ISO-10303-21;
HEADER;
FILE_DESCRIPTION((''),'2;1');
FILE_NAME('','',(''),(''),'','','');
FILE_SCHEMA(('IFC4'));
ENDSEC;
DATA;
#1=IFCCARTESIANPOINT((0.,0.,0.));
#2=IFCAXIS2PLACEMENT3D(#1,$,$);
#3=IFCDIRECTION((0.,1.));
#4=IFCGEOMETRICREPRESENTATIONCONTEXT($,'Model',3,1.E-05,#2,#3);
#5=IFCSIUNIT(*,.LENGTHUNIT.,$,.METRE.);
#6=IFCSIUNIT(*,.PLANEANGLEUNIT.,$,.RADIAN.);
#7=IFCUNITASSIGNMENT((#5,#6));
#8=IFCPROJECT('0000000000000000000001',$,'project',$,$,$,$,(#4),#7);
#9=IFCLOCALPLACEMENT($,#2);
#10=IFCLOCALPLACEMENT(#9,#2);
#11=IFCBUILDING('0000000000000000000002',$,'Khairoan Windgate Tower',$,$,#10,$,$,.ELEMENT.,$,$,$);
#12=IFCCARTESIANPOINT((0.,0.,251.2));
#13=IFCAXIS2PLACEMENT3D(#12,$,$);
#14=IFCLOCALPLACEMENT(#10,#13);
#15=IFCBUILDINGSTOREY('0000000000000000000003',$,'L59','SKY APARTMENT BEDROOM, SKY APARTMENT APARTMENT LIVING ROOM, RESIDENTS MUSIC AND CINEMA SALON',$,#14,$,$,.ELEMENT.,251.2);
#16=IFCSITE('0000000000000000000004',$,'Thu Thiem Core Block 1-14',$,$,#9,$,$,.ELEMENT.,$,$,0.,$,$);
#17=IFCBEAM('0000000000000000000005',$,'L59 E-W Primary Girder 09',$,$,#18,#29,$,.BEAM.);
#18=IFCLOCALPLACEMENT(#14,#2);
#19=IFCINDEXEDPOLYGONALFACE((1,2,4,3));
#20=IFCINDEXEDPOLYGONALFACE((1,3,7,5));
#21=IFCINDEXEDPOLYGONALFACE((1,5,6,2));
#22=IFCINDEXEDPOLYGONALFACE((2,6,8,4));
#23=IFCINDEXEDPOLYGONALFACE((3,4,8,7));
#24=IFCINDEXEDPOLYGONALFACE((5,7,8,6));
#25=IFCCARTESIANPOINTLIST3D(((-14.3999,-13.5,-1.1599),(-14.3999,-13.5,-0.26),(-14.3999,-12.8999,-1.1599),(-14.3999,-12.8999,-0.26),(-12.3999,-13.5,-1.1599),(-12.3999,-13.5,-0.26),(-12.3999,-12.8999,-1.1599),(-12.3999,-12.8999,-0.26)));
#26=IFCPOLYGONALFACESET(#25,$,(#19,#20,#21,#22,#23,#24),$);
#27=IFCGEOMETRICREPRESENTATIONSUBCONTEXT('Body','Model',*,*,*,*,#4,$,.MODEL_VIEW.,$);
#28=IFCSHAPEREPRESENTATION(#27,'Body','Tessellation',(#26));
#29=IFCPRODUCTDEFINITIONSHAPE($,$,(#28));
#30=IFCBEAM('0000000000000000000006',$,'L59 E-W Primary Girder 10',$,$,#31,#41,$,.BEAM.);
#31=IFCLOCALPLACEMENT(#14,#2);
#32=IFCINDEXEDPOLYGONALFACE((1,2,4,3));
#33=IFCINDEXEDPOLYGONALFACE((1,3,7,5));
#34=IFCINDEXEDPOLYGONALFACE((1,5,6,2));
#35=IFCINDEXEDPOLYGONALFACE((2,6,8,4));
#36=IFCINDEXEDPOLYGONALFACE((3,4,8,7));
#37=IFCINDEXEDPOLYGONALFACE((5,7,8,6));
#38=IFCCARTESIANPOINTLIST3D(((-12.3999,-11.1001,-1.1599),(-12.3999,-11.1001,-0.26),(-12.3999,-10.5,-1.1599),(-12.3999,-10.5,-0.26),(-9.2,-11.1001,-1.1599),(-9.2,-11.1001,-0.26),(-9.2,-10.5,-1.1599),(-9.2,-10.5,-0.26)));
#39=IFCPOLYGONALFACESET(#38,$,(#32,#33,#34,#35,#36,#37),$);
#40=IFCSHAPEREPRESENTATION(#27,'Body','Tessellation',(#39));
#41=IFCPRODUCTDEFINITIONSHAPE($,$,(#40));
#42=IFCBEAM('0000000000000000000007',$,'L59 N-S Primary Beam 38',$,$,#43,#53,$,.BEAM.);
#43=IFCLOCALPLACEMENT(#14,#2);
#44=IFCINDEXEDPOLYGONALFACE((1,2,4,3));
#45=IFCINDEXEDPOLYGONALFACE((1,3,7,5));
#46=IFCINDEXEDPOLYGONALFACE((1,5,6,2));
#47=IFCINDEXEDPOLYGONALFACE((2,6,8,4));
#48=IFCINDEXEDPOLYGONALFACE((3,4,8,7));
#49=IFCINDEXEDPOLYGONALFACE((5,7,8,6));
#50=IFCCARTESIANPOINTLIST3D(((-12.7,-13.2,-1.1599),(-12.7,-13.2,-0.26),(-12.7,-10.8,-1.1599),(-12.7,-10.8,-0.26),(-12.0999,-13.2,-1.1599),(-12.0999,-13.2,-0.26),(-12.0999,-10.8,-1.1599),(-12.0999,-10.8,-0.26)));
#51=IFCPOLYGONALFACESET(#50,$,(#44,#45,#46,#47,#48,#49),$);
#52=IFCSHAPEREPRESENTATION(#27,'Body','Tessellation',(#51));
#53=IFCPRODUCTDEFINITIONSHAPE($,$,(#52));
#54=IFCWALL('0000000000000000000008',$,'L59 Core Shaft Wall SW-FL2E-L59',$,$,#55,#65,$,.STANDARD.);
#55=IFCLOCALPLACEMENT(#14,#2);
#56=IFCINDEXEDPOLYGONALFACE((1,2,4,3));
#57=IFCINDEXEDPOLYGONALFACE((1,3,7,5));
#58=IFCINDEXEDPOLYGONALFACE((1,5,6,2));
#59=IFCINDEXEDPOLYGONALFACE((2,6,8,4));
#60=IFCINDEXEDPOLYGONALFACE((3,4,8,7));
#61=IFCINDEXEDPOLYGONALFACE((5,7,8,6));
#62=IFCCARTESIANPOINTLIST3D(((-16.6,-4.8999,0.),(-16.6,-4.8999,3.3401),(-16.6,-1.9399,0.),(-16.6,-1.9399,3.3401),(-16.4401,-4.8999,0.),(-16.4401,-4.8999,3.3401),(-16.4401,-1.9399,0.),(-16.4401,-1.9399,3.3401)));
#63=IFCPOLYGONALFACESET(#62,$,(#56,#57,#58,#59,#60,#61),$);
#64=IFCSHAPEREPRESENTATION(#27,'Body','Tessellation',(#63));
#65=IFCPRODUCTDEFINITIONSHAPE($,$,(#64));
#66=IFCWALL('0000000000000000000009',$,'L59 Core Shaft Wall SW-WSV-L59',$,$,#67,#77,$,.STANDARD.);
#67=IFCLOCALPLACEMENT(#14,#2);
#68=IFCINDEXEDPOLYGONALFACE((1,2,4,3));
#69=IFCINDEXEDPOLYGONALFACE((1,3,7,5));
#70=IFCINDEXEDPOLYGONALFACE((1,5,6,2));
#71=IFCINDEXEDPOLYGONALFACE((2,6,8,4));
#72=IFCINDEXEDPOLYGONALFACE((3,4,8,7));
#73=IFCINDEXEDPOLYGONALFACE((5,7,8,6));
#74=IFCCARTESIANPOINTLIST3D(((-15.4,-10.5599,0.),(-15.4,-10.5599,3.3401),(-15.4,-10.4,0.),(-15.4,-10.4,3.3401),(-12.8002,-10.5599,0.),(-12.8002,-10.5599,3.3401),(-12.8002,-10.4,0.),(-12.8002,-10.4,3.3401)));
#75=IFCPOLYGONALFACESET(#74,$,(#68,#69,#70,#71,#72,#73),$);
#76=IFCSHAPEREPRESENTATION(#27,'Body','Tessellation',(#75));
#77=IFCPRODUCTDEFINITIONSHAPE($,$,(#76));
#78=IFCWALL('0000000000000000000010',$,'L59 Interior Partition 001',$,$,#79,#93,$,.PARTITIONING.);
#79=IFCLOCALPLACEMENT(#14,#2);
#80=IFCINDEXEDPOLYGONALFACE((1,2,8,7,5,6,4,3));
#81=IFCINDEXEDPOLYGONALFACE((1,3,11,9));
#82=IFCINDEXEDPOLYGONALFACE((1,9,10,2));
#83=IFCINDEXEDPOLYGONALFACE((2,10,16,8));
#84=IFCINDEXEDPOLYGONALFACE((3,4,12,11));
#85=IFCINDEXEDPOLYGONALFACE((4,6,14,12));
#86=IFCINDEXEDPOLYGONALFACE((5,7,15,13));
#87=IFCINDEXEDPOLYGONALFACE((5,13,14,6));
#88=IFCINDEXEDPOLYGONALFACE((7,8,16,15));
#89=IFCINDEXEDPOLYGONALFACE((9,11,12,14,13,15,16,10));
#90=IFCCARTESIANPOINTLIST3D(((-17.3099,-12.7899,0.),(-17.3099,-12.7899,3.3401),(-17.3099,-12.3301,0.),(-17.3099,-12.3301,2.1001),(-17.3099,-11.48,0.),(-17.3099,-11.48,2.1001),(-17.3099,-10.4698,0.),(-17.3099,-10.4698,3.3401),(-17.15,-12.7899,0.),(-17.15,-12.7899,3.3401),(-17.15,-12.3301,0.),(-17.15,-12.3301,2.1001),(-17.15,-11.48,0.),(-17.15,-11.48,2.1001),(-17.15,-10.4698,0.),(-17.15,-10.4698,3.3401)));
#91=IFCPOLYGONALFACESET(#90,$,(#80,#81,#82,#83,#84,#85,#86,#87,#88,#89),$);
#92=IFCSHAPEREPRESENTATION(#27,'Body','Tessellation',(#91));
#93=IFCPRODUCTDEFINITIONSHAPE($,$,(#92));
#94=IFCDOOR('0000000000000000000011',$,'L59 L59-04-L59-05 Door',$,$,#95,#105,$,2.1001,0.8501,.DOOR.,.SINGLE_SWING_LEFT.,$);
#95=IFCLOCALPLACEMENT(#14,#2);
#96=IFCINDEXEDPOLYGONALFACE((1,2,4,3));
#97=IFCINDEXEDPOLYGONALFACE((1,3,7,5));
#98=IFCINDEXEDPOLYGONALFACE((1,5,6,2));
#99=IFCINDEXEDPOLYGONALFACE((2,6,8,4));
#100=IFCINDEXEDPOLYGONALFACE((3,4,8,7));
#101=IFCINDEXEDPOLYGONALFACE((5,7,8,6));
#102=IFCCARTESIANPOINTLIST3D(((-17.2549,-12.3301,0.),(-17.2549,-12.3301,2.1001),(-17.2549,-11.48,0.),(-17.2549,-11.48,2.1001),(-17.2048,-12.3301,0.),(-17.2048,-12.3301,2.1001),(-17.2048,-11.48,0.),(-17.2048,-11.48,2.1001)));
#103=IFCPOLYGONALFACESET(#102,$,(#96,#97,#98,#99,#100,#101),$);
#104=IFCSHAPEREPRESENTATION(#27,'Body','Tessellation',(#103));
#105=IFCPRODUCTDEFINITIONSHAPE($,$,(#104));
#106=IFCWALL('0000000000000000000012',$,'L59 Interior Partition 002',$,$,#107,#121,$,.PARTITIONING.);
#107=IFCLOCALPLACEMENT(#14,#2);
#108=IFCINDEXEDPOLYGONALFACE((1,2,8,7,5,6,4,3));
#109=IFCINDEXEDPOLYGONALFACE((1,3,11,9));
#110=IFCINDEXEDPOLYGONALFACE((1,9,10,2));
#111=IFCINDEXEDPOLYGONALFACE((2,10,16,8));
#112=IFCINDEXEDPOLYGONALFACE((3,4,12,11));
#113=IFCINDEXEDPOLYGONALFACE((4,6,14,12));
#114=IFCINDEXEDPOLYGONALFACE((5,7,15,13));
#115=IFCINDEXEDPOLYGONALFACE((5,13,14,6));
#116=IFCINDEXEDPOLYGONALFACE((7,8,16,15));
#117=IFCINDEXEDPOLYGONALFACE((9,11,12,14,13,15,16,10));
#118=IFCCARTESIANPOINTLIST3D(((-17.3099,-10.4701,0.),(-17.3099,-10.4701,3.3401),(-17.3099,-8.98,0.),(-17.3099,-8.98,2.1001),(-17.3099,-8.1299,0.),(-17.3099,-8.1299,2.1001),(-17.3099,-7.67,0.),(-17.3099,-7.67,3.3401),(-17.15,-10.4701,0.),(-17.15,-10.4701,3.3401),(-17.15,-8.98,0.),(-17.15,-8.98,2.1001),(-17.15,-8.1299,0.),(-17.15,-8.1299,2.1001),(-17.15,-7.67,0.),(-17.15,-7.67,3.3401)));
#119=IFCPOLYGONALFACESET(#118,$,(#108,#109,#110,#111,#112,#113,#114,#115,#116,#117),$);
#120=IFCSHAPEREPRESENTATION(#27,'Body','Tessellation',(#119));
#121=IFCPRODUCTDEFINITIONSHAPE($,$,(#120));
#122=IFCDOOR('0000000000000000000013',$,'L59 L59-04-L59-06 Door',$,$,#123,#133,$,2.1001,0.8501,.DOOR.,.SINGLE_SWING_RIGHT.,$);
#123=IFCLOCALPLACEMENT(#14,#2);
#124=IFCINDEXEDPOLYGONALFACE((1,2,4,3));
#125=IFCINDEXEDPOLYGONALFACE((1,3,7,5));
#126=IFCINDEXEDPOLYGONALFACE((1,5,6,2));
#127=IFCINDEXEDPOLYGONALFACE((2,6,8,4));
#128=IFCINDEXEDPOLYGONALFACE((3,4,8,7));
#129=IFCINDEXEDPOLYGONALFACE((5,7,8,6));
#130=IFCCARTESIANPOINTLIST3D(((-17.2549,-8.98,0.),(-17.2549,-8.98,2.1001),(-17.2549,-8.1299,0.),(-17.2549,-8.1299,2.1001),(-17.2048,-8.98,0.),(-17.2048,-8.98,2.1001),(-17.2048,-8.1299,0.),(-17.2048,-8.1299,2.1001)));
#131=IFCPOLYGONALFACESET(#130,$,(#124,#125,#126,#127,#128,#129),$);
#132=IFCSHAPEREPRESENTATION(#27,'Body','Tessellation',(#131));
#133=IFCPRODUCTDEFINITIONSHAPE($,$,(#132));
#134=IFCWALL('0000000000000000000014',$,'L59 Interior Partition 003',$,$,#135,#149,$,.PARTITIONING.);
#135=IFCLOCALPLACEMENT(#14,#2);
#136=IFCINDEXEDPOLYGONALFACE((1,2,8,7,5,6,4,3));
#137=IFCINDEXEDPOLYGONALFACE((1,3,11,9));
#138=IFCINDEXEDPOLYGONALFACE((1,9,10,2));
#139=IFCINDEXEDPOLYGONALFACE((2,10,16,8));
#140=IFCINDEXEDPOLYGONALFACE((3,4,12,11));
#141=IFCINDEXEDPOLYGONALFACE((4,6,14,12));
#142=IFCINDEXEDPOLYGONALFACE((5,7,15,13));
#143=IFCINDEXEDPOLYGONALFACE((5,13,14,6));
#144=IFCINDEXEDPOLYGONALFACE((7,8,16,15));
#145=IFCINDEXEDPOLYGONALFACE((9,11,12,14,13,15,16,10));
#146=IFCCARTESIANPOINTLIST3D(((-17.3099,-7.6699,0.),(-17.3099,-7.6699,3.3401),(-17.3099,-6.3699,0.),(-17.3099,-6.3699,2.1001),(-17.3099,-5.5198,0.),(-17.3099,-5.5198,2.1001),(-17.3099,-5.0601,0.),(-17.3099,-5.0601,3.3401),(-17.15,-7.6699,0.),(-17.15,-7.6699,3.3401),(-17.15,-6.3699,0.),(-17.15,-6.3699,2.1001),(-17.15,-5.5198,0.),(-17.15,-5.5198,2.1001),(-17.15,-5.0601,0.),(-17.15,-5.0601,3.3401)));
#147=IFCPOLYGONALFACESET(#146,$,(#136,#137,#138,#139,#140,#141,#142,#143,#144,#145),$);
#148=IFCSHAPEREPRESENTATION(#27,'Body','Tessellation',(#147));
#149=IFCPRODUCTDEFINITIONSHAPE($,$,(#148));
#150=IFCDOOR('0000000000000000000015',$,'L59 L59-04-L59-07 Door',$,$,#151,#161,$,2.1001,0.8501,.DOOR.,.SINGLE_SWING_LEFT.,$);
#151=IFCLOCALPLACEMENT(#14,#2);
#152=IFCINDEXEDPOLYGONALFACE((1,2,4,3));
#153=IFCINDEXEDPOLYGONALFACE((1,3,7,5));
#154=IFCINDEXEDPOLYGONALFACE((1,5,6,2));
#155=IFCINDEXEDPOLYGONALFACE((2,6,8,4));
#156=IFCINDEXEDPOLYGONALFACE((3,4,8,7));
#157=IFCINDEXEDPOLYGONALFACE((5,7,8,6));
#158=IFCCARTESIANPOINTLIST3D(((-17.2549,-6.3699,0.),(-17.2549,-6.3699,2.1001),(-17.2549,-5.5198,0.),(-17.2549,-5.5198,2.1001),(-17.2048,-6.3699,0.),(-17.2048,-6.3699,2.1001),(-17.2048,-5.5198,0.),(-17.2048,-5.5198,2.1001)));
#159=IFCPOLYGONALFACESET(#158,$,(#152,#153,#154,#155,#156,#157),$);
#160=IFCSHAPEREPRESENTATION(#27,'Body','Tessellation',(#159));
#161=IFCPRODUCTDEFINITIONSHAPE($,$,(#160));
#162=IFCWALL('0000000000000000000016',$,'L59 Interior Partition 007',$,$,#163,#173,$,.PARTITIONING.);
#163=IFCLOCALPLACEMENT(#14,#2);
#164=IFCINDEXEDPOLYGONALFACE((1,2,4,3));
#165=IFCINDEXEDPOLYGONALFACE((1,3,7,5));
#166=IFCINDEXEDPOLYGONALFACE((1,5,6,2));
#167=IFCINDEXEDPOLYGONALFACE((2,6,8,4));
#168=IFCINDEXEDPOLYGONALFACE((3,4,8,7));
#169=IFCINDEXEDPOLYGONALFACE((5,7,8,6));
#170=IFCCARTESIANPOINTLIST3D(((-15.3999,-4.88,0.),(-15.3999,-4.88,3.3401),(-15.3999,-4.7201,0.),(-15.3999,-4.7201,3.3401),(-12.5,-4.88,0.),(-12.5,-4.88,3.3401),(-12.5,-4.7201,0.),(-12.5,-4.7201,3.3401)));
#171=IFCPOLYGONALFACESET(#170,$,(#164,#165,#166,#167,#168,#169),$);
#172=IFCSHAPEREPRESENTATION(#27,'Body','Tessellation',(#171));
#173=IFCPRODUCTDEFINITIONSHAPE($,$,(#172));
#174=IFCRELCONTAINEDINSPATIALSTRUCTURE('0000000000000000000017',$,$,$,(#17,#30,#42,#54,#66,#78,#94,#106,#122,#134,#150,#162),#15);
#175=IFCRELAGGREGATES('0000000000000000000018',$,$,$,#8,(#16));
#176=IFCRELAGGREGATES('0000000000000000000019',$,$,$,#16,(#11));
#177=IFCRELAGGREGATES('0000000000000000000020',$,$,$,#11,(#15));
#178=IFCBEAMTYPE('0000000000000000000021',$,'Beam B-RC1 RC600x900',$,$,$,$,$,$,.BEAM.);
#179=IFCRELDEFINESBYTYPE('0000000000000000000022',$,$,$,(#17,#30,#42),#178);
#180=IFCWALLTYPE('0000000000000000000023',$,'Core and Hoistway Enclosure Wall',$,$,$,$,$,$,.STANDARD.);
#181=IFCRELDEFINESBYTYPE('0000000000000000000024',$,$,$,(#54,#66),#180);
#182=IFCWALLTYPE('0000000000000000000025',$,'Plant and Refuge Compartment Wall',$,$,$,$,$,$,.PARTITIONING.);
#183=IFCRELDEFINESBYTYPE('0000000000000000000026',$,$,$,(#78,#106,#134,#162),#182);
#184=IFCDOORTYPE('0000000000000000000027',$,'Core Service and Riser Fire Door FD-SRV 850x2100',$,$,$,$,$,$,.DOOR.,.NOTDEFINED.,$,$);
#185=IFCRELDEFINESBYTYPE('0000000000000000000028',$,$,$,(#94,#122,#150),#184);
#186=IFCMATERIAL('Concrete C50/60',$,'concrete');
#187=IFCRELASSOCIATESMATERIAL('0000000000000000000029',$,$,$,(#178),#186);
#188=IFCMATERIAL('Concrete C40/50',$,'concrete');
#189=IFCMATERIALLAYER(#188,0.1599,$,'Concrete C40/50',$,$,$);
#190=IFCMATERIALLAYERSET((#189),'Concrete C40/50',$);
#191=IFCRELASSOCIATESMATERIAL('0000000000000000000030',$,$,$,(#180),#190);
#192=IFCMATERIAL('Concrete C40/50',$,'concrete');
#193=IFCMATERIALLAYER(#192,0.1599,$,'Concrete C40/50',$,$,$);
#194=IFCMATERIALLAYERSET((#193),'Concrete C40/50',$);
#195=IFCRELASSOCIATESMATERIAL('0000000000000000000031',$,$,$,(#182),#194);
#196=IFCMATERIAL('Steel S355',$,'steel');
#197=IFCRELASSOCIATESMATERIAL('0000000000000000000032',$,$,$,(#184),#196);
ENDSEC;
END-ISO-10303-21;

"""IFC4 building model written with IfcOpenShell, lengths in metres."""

from ifc_helpers import new_model, si_unit, direction, frame, frame_2d, origin, origin_2d, place, context, subcontext, project, spatial, rectangle, extrude, material, layer, layer_set, material_profile, profile_set, type_object, element, fill, save


model = new_model("IFC4")

# Units and contexts
model_context = context("Model", 3, precision=1e-05, world=origin(), true_north=direction((0.0, 1.0)))
body_context = subcontext(model_context, "Body", "Model", "MODEL_VIEW")
ifc_project = project(units=[si_unit("LENGTHUNIT", "METRE"), si_unit("PLANEANGLEUNIT", "RADIAN")], contexts=[model_context])

# Site, building, storey
site_placement = place(None, origin())
site = spatial("IfcSite", under=ifc_project, at=site_placement, Name="Thu Thiem Core Block 1-14", CompositionType="ELEMENT", RefElevation=0.0)
building_placement = place(site_placement, origin())
building = spatial("IfcBuilding", under=site, at=building_placement, Name="Khairoan Windgate Tower", CompositionType="ELEMENT")
storey_placement = place(building_placement, frame((0.0, 0.0, 251.2)))
storey = spatial("IfcBuildingStorey", under=building, at=storey_placement, Name="L59", Description="SKY APARTMENT BEDROOM, SKY APARTMENT APARTMENT LIVING ROOM, RESIDENTS MUSIC AND CINEMA SALON", CompositionType="ELEMENT", Elevation=251.2)

# Beams
ifc_material_1 = material(Name="Concrete C50/60", Category="concrete")
ifc_material_profile = material_profile(ifc_material_1, rectangle(XDim=0.6001, YDim=0.8999, at=origin_2d()))
ifc_profile_set = profile_set([ifc_material_profile], Name="Concrete C50/60")
beam_type = type_object("IfcBeamType", Name="Beam B-RC1 RC600x900", PredefinedType="BEAM", material=ifc_profile_set)
beam_1_placement = place(storey_placement, frame((-14.3999, -13.2, -0.71), z_axis=(1.0, 0.0, 0.0), x_axis=(0.0, 1.0, 0.0)))
element("IfcBeam", 1, at=beam_1_placement, inside=storey, type_object=beam_type, Name="L59 E-W Primary Girder 09", PredefinedType="BEAM", context=body_context, shape_type="SweptSolid", body=[
    extrude(rectangle(XDim=0.6001, YDim=0.8999, at=origin_2d()), origin(), (0.0, 0.0, 1.0), 2.0),
])
beam_2_placement = place(storey_placement, frame((-12.3999, -10.8, -0.71), z_axis=(1.0, 0.0, 0.0), x_axis=(0.0, 1.0, 0.0)))
element("IfcBeam", 2, at=beam_2_placement, inside=storey, type_object=beam_type, Name="L59 E-W Primary Girder 10", PredefinedType="BEAM", context=body_context, shape_type="SweptSolid", body=[
    extrude(rectangle(XDim=0.6001, YDim=0.8999, at=origin_2d()), origin(), (0.0, 0.0, 1.0), 3.2),
])
beam_3_placement = place(storey_placement, frame((-12.3999, -13.2, -0.71), z_axis=(0.0, 1.0, 0.0), x_axis=(-1.0, 0.0, 0.0)))
element("IfcBeam", 3, at=beam_3_placement, inside=storey, type_object=beam_type, Name="L59 N-S Primary Beam 38", PredefinedType="BEAM", context=body_context, shape_type="SweptSolid", body=[
    extrude(rectangle(XDim=0.6001, YDim=0.8999, at=origin_2d()), origin(), (0.0, 0.0, 1.0), 2.3999),
])

# Walls
ifc_material_2 = material(Name="Concrete C40/50", Category="concrete")
ifc_layer_1 = layer(ifc_material_2, 0.1599, Name="Concrete C40/50")
ifc_layer_set_1 = layer_set([ifc_layer_1], Name="Concrete C40/50")
wall_type_1 = type_object("IfcWallType", Name="Core and Hoistway Enclosure Wall", PredefinedType="STANDARD", material=ifc_layer_set_1)
wall_1_placement = place(storey_placement, frame((-16.52, -4.8999, 0.0), z_axis=(0.0, 0.0, 1.0), x_axis=(0.0, 1.0, 0.0)))
element("IfcWall", 4, at=wall_1_placement, inside=storey, type_object=wall_type_1, Name="L59 Core Shaft Wall SW-FL2E-L59", PredefinedType="STANDARD", context=body_context, shape_type="SweptSolid", body=[
    extrude(rectangle(XDim=2.96, YDim=0.1599, at=frame_2d((1.48, 0.0))), origin(), (0.0, 0.0, 1.0), 3.3401),
])
wall_2_placement = place(storey_placement, frame((-15.3999, -10.48, 0.0), z_axis=(0.0, 0.0, 1.0), x_axis=(1.0, 0.0, 0.0)))
element("IfcWall", 5, at=wall_2_placement, inside=storey, type_object=wall_type_1, Name="L59 Core Shaft Wall SW-WSV-L59", PredefinedType="STANDARD", context=body_context, shape_type="SweptSolid", body=[
    extrude(rectangle(XDim=2.5999, YDim=0.1599, at=frame_2d((1.2998, 0.0))), origin(), (0.0, 0.0, 1.0), 3.3401),
])

# Walls, openings, doors
ifc_material_3 = material(Name="Concrete C40/50", Category="concrete")
ifc_layer_2 = layer(ifc_material_3, 0.1599, Name="Concrete C40/50")
ifc_layer_set_2 = layer_set([ifc_layer_2], Name="Concrete C40/50")
wall_type_2 = type_object("IfcWallType", Name="Plant and Refuge Compartment Wall", PredefinedType="PARTITIONING", material=ifc_layer_set_2)
wall_3_placement = place(storey_placement, frame((-17.23, -12.79, 0.0), z_axis=(0.0, 0.0, 1.0), x_axis=(0.0, 1.0, 0.0)))
wall_3 = element("IfcWall", 6, at=wall_3_placement, inside=storey, type_object=wall_type_2, Name="L59 Interior Partition 001", PredefinedType="PARTITIONING", context=body_context, shape_type="SweptSolid", body=[
    extrude(rectangle(XDim=2.3201, YDim=0.1599, at=frame_2d((1.1602, 0.0))), origin(), (0.0, 0.0, 1.0), 3.3401),
])
opening_1_placement = place(wall_3_placement, frame((0.46, 0.0, 0.0)))
opening_1 = element("IfcOpeningElement", 7, at=opening_1_placement, cuts=wall_3, PredefinedType="OPENING", context=body_context, shape_type="SweptSolid", body=[
    extrude(rectangle(XDim=0.8501, YDim=2.1001, at=frame_2d((0.425, 1.05))), frame((0.0, 0.0898, 0.0), z_axis=(0.0, -1.0, 0.0), x_axis=(1.0, 0.0, 0.0)), (0.0, 0.0, 1.0), 0.1799),
])
ifc_material_4 = material(Name="Steel S355", Category="steel")
door_type_1 = type_object("IfcDoorType", Name="Core Service and Riser Fire Door FD-SRV 850x2100", OperationType="NOTDEFINED", PredefinedType="DOOR", material=ifc_material_4)
door_1_placement = place(opening_1_placement, origin())
door_1 = element("IfcDoor", 8, at=door_1_placement, inside=storey, type_object=door_type_1, Name="L59 L59-04-L59-05 Door", OperationType="SINGLE_SWING_LEFT", OverallHeight=2.1001, OverallWidth=0.8501, PredefinedType="DOOR", context=body_context, shape_type="SweptSolid", body=[
    extrude(rectangle(XDim=0.8501, YDim=2.1001, at=frame_2d((0.425, 1.05))), frame((0.0, 0.0249, 0.0), z_axis=(0.0, -1.0, 0.0), x_axis=(1.0, 0.0, 0.0)), (0.0, 0.0, 1.0), 0.05),
])
fill(opening_1, door_1)
wall_4_placement = place(storey_placement, frame((-17.23, -10.47, 0.0), z_axis=(0.0, 0.0, 1.0), x_axis=(0.0, 1.0, 0.0)))
wall_4 = element("IfcWall", 9, at=wall_4_placement, inside=storey, type_object=wall_type_2, Name="L59 Interior Partition 002", PredefinedType="PARTITIONING", context=body_context, shape_type="SweptSolid", body=[
    extrude(rectangle(XDim=2.8, YDim=0.1599, at=frame_2d((1.3999, 0.0))), origin(), (0.0, 0.0, 1.0), 3.3401),
])
opening_2_placement = place(wall_4_placement, frame((1.49, 0.0, 0.0)))
opening_2 = element("IfcOpeningElement", 10, at=opening_2_placement, cuts=wall_4, PredefinedType="OPENING", context=body_context, shape_type="SweptSolid", body=[
    extrude(rectangle(XDim=0.8501, YDim=2.1001, at=frame_2d((0.425, 1.05))), frame((0.0, 0.0898, 0.0), z_axis=(0.0, -1.0, 0.0), x_axis=(1.0, 0.0, 0.0)), (0.0, 0.0, 1.0), 0.1799),
])
door_2_placement = place(opening_2_placement, origin())
door_2 = element("IfcDoor", 11, at=door_2_placement, inside=storey, type_object=door_type_1, Name="L59 L59-04-L59-06 Door", OperationType="SINGLE_SWING_RIGHT", OverallHeight=2.1001, OverallWidth=0.8501, PredefinedType="DOOR", context=body_context, shape_type="SweptSolid", body=[
    extrude(rectangle(XDim=0.8501, YDim=2.1001, at=frame_2d((0.425, 1.05))), frame((0.0, 0.0249, 0.0), z_axis=(0.0, -1.0, 0.0), x_axis=(1.0, 0.0, 0.0)), (0.0, 0.0, 1.0), 0.05),
])
fill(opening_2, door_2)
wall_5_placement = place(storey_placement, frame((-17.23, -7.6699, 0.0), z_axis=(0.0, 0.0, 1.0), x_axis=(0.0, 1.0, 0.0)))
wall_5 = element("IfcWall", 12, at=wall_5_placement, inside=storey, type_object=wall_type_2, Name="L59 Interior Partition 003", PredefinedType="PARTITIONING", context=body_context, shape_type="SweptSolid", body=[
    extrude(rectangle(XDim=2.6099, YDim=0.1599, at=frame_2d((1.3049, 0.0))), origin(), (0.0, 0.0, 1.0), 3.3401),
])
opening_3_placement = place(wall_5_placement, frame((1.3, 0.0, 0.0)))
opening_3 = element("IfcOpeningElement", 13, at=opening_3_placement, cuts=wall_5, PredefinedType="OPENING", context=body_context, shape_type="SweptSolid", body=[
    extrude(rectangle(XDim=0.8501, YDim=2.1001, at=frame_2d((0.425, 1.05))), frame((0.0, 0.0898, 0.0), z_axis=(0.0, -1.0, 0.0), x_axis=(1.0, 0.0, 0.0)), (0.0, 0.0, 1.0), 0.1799),
])
door_3_placement = place(opening_3_placement, origin())
door_3 = element("IfcDoor", 14, at=door_3_placement, inside=storey, type_object=door_type_1, Name="L59 L59-04-L59-07 Door", OperationType="SINGLE_SWING_LEFT", OverallHeight=2.1001, OverallWidth=0.8501, PredefinedType="DOOR", context=body_context, shape_type="SweptSolid", body=[
    extrude(rectangle(XDim=0.8501, YDim=2.1001, at=frame_2d((0.425, 1.05))), frame((0.0, 0.0249, 0.0), z_axis=(0.0, -1.0, 0.0), x_axis=(1.0, 0.0, 0.0)), (0.0, 0.0, 1.0), 0.05),
])
fill(opening_3, door_3)

# Wall
wall_6_placement = place(storey_placement, frame((-15.3999, -4.8, 0.0), z_axis=(0.0, 0.0, 1.0), x_axis=(1.0, 0.0, 0.0)))
element("IfcWall", 15, at=wall_6_placement, inside=storey, type_object=wall_type_2, Name="L59 Interior Partition 007", PredefinedType="PARTITIONING", context=body_context, shape_type="SweptSolid", body=[
    extrude(rectangle(XDim=2.8999, YDim=0.1599, at=frame_2d((1.45, 0.0))), origin(), (0.0, 0.0, 1.0), 3.3401),
])

save(model, "model.ifc")
